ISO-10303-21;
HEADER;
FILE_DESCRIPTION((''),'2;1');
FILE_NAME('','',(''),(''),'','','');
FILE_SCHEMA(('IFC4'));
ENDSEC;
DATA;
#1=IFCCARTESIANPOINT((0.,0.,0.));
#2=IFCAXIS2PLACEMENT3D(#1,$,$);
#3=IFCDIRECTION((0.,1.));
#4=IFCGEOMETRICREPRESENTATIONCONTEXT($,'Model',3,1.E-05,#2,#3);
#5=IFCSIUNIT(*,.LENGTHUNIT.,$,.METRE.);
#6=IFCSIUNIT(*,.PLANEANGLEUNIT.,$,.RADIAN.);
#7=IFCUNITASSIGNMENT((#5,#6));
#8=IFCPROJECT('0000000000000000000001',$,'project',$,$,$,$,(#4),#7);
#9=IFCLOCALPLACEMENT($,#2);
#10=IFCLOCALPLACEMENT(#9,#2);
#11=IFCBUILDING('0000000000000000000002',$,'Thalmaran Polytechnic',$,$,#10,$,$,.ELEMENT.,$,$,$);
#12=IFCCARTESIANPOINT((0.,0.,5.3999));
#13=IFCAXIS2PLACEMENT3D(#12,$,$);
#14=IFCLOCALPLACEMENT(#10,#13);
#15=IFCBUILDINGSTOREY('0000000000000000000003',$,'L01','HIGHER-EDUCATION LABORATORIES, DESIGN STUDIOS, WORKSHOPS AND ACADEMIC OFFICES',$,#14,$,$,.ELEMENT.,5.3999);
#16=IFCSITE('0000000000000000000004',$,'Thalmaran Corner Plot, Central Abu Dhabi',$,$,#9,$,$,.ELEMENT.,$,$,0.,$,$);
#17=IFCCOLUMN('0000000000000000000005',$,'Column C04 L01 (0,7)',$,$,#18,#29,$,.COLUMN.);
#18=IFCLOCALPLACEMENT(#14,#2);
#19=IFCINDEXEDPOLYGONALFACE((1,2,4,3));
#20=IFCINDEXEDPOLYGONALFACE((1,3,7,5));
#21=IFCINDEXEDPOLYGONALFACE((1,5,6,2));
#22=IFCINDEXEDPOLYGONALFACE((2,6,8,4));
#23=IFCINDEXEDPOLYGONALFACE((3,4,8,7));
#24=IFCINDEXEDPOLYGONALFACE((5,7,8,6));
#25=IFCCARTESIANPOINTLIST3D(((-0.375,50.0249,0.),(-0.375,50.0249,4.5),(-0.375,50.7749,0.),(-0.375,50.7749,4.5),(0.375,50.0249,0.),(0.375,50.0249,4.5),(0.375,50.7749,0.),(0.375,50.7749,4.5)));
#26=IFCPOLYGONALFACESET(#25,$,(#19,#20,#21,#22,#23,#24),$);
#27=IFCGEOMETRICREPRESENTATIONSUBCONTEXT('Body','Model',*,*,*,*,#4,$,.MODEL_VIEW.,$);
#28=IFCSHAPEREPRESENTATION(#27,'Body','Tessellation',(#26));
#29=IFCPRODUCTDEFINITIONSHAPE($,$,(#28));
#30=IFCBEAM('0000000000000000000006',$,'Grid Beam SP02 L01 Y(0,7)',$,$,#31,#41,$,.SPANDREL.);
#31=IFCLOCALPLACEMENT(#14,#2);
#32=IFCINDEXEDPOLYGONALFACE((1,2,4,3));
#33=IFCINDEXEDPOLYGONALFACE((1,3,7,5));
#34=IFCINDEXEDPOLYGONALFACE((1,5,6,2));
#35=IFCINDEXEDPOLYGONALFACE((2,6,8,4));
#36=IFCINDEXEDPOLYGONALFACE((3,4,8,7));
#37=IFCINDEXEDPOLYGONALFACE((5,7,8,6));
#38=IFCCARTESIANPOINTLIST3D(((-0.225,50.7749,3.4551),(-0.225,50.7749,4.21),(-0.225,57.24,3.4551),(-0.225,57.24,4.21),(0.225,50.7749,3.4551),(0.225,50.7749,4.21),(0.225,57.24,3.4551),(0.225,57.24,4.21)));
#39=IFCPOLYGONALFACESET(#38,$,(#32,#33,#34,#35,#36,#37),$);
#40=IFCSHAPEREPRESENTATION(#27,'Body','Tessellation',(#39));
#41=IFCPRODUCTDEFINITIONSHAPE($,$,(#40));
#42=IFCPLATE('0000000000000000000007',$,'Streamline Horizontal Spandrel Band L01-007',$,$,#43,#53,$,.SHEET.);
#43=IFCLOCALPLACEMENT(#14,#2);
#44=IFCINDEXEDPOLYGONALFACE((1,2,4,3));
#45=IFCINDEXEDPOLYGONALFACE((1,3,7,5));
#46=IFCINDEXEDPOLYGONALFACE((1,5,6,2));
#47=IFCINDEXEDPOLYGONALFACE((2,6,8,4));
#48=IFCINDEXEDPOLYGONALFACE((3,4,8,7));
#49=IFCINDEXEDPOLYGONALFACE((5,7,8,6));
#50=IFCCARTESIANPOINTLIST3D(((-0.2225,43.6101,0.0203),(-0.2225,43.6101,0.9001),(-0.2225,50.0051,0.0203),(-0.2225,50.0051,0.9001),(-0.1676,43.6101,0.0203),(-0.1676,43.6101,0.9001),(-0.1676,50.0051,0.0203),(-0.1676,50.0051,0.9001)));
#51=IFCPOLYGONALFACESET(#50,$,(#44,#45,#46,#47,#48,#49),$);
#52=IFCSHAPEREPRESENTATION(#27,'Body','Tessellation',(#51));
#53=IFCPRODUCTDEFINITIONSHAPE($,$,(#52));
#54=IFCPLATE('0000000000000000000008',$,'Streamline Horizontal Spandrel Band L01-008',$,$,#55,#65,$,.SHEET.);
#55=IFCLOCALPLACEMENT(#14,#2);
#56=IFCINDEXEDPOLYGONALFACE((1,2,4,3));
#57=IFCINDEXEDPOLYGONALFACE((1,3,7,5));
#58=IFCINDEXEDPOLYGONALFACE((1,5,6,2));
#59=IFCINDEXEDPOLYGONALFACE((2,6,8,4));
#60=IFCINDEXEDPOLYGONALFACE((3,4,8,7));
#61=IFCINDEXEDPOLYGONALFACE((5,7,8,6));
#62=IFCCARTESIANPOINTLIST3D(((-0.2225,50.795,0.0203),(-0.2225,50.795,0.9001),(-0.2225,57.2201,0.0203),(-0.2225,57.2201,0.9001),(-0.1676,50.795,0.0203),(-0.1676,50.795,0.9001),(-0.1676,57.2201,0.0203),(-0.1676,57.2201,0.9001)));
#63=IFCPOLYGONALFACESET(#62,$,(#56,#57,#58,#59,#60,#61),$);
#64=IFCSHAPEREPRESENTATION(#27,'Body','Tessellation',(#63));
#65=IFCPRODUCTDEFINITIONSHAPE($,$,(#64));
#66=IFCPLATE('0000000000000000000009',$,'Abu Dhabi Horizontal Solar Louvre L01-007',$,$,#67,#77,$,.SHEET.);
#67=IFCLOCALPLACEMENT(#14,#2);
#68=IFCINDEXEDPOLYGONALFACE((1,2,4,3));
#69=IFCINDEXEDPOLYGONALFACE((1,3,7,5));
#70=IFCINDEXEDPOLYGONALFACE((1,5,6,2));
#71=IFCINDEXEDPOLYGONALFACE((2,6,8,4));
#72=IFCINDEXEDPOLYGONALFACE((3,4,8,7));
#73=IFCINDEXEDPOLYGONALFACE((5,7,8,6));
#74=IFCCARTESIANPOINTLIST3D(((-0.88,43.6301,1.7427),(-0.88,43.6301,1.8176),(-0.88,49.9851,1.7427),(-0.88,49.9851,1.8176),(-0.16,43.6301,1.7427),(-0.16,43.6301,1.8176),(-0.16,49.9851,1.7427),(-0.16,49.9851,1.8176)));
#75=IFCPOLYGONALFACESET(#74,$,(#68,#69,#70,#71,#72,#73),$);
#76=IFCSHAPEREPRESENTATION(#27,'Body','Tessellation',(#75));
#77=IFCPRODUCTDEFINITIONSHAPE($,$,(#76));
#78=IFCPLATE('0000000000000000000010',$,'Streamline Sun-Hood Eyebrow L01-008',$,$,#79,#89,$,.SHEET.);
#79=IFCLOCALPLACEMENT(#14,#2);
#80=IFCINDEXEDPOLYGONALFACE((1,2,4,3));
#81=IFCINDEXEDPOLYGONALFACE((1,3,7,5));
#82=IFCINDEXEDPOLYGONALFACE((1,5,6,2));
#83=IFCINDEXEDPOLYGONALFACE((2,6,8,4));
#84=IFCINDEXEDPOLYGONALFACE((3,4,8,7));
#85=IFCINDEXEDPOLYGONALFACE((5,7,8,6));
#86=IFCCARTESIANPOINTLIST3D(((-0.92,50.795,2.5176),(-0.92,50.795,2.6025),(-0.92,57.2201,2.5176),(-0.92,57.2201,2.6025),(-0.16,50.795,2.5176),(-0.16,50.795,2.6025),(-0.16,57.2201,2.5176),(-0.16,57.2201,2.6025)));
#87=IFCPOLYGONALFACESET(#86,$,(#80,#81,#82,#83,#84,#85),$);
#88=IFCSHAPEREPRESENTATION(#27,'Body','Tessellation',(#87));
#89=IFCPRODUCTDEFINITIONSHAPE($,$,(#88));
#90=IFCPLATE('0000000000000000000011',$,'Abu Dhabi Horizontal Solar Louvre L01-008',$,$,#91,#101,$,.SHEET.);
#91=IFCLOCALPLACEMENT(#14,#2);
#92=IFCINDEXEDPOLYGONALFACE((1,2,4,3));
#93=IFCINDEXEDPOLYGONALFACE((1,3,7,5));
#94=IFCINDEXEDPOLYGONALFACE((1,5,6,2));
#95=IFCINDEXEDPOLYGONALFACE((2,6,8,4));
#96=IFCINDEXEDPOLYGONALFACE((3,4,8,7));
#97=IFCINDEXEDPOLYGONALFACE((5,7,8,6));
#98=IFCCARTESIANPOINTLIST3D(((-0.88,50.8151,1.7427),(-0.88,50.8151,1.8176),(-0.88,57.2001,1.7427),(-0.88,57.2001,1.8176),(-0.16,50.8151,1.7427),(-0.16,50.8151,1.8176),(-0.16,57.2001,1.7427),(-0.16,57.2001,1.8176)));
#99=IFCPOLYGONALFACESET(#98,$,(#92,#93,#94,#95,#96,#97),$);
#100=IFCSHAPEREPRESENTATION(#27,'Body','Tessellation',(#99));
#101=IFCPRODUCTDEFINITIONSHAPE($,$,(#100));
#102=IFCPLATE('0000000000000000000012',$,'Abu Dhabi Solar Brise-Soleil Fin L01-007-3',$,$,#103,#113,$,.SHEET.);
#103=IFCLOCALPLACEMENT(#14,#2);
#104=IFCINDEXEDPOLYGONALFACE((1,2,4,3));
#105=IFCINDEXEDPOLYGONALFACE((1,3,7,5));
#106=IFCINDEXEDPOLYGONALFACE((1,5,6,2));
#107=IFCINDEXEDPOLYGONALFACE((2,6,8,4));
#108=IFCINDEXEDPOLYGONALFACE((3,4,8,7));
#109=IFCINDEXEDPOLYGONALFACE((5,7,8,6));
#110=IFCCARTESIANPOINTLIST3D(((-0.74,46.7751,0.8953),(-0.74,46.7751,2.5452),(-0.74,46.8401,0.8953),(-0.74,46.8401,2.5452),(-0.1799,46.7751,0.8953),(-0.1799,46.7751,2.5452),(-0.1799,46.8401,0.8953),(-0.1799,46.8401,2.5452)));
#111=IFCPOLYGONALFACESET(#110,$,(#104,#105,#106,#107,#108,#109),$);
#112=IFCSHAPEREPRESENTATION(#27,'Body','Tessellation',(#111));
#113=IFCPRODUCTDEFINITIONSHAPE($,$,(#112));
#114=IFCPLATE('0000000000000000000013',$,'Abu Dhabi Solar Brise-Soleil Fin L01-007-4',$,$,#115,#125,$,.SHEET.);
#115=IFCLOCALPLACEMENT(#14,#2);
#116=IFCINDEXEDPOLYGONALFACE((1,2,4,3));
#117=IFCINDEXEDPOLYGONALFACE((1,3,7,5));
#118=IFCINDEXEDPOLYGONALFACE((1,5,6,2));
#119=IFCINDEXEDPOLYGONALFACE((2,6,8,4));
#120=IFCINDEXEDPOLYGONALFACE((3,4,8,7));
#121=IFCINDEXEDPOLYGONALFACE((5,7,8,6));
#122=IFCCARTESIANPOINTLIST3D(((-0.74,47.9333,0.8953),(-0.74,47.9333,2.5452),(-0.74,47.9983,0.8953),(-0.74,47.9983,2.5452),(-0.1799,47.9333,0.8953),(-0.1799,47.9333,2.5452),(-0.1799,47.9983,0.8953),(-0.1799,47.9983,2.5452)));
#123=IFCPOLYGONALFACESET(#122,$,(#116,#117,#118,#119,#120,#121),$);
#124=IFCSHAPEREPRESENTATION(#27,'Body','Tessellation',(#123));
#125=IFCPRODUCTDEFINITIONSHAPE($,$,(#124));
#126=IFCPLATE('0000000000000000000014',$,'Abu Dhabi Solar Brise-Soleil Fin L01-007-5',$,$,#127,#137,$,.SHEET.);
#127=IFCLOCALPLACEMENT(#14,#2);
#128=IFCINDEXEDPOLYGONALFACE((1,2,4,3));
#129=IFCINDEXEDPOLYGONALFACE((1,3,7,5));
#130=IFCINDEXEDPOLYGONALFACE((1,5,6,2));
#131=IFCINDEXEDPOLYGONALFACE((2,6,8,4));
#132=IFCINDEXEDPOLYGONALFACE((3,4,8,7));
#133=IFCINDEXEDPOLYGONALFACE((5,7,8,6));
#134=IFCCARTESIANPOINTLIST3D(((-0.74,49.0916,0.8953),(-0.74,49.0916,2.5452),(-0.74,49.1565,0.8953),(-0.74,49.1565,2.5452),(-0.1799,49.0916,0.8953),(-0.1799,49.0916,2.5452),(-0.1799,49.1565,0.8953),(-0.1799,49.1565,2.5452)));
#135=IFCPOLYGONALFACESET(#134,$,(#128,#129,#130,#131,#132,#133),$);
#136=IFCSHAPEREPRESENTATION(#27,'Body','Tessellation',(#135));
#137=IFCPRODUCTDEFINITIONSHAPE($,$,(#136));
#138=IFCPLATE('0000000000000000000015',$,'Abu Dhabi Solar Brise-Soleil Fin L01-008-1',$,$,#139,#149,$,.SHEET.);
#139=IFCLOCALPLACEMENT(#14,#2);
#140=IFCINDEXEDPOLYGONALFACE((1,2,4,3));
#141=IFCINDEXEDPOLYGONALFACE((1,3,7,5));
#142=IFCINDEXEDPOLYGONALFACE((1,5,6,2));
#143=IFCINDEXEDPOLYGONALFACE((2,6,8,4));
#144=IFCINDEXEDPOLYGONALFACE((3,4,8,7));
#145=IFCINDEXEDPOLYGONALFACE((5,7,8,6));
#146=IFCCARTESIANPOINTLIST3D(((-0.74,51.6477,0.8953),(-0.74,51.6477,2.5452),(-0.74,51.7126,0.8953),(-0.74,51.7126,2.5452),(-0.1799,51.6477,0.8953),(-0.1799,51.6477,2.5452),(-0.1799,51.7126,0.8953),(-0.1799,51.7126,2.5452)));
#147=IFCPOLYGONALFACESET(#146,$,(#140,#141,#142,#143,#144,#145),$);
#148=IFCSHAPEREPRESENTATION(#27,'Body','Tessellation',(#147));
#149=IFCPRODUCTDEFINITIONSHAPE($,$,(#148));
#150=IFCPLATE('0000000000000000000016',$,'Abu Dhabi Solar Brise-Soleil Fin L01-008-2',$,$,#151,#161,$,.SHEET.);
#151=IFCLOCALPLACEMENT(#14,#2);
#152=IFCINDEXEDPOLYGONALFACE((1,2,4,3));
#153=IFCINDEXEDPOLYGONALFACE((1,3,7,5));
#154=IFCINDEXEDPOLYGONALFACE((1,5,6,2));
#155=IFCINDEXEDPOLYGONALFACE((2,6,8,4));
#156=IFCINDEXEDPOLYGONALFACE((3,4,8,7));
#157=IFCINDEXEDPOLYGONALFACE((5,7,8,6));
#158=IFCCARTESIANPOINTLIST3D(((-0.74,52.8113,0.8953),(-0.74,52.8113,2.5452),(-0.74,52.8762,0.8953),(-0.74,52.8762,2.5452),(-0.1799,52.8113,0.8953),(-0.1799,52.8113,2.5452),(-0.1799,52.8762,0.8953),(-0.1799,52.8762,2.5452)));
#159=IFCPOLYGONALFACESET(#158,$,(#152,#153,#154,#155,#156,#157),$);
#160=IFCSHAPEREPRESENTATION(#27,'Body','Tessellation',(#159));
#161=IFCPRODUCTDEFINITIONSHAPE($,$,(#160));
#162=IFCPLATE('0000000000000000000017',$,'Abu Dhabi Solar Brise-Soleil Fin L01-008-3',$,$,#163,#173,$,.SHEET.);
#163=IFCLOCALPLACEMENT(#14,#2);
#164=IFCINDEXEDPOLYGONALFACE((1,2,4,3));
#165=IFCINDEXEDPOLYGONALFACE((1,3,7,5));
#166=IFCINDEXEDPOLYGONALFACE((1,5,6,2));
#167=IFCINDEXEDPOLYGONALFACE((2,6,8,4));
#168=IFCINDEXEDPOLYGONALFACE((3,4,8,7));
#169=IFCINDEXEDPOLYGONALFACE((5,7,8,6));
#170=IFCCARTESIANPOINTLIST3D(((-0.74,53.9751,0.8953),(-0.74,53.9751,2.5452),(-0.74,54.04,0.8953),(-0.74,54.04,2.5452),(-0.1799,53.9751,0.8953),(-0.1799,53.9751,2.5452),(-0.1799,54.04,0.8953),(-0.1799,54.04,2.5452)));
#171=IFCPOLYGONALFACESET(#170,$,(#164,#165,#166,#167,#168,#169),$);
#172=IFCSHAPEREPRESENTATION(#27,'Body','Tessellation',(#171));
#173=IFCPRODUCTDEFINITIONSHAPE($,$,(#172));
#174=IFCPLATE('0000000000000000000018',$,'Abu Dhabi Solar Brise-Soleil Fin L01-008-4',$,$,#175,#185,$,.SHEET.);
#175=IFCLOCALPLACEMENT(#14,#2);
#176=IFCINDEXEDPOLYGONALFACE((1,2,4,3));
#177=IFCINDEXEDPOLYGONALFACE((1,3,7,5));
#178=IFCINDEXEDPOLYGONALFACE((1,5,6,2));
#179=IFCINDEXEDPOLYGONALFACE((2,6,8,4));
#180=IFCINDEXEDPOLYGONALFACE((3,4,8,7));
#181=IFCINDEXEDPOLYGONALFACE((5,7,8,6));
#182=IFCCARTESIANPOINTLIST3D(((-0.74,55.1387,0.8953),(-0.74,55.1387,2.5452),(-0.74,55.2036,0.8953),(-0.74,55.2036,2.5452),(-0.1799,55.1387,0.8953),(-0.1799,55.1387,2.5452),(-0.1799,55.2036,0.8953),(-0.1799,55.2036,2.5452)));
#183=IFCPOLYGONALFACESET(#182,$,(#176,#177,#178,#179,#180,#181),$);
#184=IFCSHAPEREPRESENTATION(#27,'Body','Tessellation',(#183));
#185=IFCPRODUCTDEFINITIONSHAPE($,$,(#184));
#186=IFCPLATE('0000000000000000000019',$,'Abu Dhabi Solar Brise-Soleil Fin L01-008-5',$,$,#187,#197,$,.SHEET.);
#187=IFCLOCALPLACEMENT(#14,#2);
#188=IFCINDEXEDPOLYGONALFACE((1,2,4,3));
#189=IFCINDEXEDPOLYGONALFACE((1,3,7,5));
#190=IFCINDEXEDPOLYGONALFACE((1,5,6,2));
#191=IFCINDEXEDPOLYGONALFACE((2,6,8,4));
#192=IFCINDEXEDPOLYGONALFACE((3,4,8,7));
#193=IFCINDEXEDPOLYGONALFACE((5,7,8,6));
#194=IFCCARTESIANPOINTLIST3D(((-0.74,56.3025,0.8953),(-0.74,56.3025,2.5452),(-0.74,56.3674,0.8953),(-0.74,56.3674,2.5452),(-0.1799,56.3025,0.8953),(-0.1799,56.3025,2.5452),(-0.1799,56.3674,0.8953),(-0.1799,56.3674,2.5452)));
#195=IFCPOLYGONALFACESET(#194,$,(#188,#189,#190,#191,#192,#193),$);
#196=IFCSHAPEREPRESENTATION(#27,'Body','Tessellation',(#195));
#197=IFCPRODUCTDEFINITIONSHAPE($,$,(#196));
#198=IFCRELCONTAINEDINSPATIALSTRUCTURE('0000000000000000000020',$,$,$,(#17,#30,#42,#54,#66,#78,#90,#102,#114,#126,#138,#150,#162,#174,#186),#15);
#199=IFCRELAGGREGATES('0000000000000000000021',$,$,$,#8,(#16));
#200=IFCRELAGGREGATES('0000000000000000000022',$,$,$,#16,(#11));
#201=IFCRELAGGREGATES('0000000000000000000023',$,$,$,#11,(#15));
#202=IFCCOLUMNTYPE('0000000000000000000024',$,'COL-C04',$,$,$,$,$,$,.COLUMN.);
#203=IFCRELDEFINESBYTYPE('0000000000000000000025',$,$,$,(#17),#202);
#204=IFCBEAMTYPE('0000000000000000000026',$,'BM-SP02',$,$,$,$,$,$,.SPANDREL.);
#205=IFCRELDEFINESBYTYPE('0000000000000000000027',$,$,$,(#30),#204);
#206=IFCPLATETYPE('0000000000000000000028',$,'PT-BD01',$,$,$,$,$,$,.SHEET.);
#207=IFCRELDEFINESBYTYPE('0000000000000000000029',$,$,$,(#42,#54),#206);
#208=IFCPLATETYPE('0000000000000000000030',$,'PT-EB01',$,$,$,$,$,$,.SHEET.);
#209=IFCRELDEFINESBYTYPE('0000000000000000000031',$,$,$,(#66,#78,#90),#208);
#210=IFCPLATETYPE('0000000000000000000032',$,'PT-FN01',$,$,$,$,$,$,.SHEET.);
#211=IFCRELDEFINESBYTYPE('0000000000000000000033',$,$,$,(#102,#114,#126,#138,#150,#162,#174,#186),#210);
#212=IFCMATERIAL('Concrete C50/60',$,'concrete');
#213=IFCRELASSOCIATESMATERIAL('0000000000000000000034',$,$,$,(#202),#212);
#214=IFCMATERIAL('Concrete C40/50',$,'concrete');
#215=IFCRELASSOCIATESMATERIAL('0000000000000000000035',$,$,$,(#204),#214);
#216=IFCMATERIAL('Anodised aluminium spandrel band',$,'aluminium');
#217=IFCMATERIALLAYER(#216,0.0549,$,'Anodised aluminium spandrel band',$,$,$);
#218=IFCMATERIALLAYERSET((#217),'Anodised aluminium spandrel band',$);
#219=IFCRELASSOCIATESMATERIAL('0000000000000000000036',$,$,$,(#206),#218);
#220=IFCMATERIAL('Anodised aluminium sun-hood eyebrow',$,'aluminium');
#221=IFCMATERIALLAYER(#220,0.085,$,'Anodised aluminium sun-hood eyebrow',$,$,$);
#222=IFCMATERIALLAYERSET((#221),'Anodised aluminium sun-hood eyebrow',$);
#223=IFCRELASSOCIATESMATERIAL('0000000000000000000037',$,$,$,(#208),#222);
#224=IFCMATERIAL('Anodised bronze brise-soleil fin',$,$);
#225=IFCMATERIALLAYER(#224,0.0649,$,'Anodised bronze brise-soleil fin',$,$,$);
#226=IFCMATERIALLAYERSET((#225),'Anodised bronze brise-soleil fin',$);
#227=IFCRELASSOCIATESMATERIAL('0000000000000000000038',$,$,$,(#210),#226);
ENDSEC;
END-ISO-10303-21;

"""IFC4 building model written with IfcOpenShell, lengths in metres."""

from ifc_helpers import new_model, si_unit, direction, frame, origin, origin_2d, place, context, subcontext, project, spatial, rectangle, extrude, material, layer, layer_set, material_profile, profile_set, type_object, element, save


model = new_model("IFC4")

# Units and contexts
model_context = context("Model", 3, precision=1e-05, world=origin(), true_north=direction((0.0, 1.0)))
body_context = subcontext(model_context, "Body", "Model", "MODEL_VIEW")
ifc_project = project(units=[si_unit("LENGTHUNIT", "METRE"), si_unit("PLANEANGLEUNIT", "RADIAN")], contexts=[model_context])

# Site, building, storey
site_placement = place(None, origin())
site = spatial("IfcSite", under=ifc_project, at=site_placement, Name="Thalmaran Corner Plot, Central Abu Dhabi", CompositionType="ELEMENT", RefElevation=0.0)
building_placement = place(site_placement, origin())
building = spatial("IfcBuilding", under=site, at=building_placement, Name="Thalmaran Polytechnic", CompositionType="ELEMENT")
storey_placement = place(building_placement, frame((0.0, 0.0, 5.3999)))
storey = spatial("IfcBuildingStorey", under=building, at=storey_placement, Name="L01", Description="HIGHER-EDUCATION LABORATORIES, DESIGN STUDIOS, WORKSHOPS AND ACADEMIC OFFICES", CompositionType="ELEMENT", Elevation=5.3999)

# Column
ifc_material_1 = material(Name="Concrete C50/60", Category="concrete")
ifc_material_profile_1 = material_profile(ifc_material_1, rectangle(XDim=0.75, YDim=0.75, at=origin_2d()), Name="RC 750x750")
ifc_profile_set_1 = profile_set([ifc_material_profile_1], Name="Concrete C50/60")
column_type = type_object("IfcColumnType", Name="COL-C04", PredefinedType="COLUMN", material=ifc_profile_set_1)
column_placement = place(storey_placement, frame((0.0, 50.3999, 0.0), z_axis=(0.0, 0.0, 1.0), x_axis=(1.0, 0.0, 0.0)))
element("IfcColumn", 1, at=column_placement, inside=storey, type_object=column_type, Name="Column C04 L01 (0,7)", PredefinedType="COLUMN", context=body_context, shape_type="SweptSolid", body=[
    extrude(rectangle(XDim=0.75, YDim=0.75, at=origin_2d()), origin(), (0.0, 0.0, 1.0), 4.5),
])

# Beam
ifc_material_2 = material(Name="Concrete C40/50", Category="concrete")
ifc_material_profile_2 = material_profile(ifc_material_2, rectangle(XDim=0.45, YDim=0.7549, at=origin_2d()), Name="RC 450x755")
ifc_profile_set_2 = profile_set([ifc_material_profile_2], Name="Concrete C40/50")
beam_type = type_object("IfcBeamType", Name="BM-SP02", PredefinedType="SPANDREL", material=ifc_profile_set_2)
beam_placement = place(storey_placement, frame((0.0, 50.7749, 3.8325), z_axis=(0.0, 1.0, 0.0), x_axis=(-1.0, 0.0, 0.0)))
element("IfcBeam", 2, at=beam_placement, inside=storey, type_object=beam_type, Name="Grid Beam SP02 L01 Y(0,7)", PredefinedType="SPANDREL", context=body_context, shape_type="SweptSolid", body=[
    extrude(rectangle(XDim=0.45, YDim=0.7549, at=origin_2d()), origin(), (0.0, 0.0, 1.0), 6.4651),
])

# Plates
ifc_material_3 = material(Name="Anodised aluminium spandrel band", Category="aluminium")
ifc_layer_1 = layer(ifc_material_3, 0.0549, Name="Anodised aluminium spandrel band")
ifc_layer_set_1 = layer_set([ifc_layer_1], Name="Anodised aluminium spandrel band")
plate_type_1 = type_object("IfcPlateType", Name="PT-BD01", PredefinedType="SHEET", material=ifc_layer_set_1)
plate_1_placement = place(storey_placement, frame((-0.1951, 46.8076, 0.0203), z_axis=(0.0, 0.0, 1.0), x_axis=(0.0, 1.0, 0.0)))
element("IfcPlate", 3, at=plate_1_placement, inside=storey, type_object=plate_type_1, Name="Streamline Horizontal Spandrel Band L01-007", PredefinedType="SHEET", context=body_context, shape_type="SweptSolid", body=[
    extrude(rectangle(XDim=6.395, YDim=0.0549, at=origin_2d()), origin(), (0.0, 0.0, 1.0), 0.8799),
])
plate_2_placement = place(storey_placement, frame((-0.1951, 54.0076, 0.0203), z_axis=(0.0, 0.0, 1.0), x_axis=(0.0, 1.0, 0.0)))
element("IfcPlate", 4, at=plate_2_placement, inside=storey, type_object=plate_type_1, Name="Streamline Horizontal Spandrel Band L01-008", PredefinedType="SHEET", context=body_context, shape_type="SweptSolid", body=[
    extrude(rectangle(XDim=6.425, YDim=0.0549, at=origin_2d()), origin(), (0.0, 0.0, 1.0), 0.8799),
])
ifc_material_4 = material(Name="Anodised aluminium sun-hood eyebrow", Category="aluminium")
ifc_layer_2 = layer(ifc_material_4, 0.085, Name="Anodised aluminium sun-hood eyebrow")
ifc_layer_set_2 = layer_set([ifc_layer_2], Name="Anodised aluminium sun-hood eyebrow")
plate_type_2 = type_object("IfcPlateType", Name="PT-EB01", PredefinedType="SHEET", material=ifc_layer_set_2)
plate_3_placement = place(storey_placement, frame((-0.52, 46.8076, 1.7427), z_axis=(0.0, 0.0, 1.0), x_axis=(0.0, 1.0, 0.0)))
element("IfcPlate", 5, at=plate_3_placement, inside=storey, type_object=plate_type_2, Name="Abu Dhabi Horizontal Solar Louvre L01-007", PredefinedType="SHEET", context=body_context, shape_type="SweptSolid", body=[
    extrude(rectangle(XDim=6.355, YDim=0.72, at=origin_2d()), origin(), (0.0, 0.0, 1.0), 0.075),
])
plate_4_placement = place(storey_placement, frame((-0.54, 54.0076, 2.5176), z_axis=(0.0, 0.0, 1.0), x_axis=(0.0, 1.0, 0.0)))
element("IfcPlate", 6, at=plate_4_placement, inside=storey, type_object=plate_type_2, Name="Streamline Sun-Hood Eyebrow L01-008", PredefinedType="SHEET", context=body_context, shape_type="SweptSolid", body=[
    extrude(rectangle(XDim=6.425, YDim=0.76, at=origin_2d()), origin(), (0.0, 0.0, 1.0), 0.085),
])
plate_5_placement = place(storey_placement, frame((-0.52, 54.0076, 1.7427), z_axis=(0.0, 0.0, 1.0), x_axis=(0.0, 1.0, 0.0)))
element("IfcPlate", 7, at=plate_5_placement, inside=storey, type_object=plate_type_2, Name="Abu Dhabi Horizontal Solar Louvre L01-008", PredefinedType="SHEET", context=body_context, shape_type="SweptSolid", body=[
    extrude(rectangle(XDim=6.385, YDim=0.72, at=origin_2d()), origin(), (0.0, 0.0, 1.0), 0.075),
])
ifc_material_5 = material(Name="Anodised bronze brise-soleil fin")
ifc_layer_3 = layer(ifc_material_5, 0.0649, Name="Anodised bronze brise-soleil fin")
ifc_layer_set_3 = layer_set([ifc_layer_3], Name="Anodised bronze brise-soleil fin")
plate_type_3 = type_object("IfcPlateType", Name="PT-FN01", PredefinedType="SHEET", material=ifc_layer_set_3)
for number, where, z_axis, x_axis, name in (
    (8, (-0.46, 46.8076, 0.8953), (0.0, 0.0, 1.0), (0.0, 1.0, 0.0), "Abu Dhabi Solar Brise-Soleil Fin L01-007-3"),
    (9, (-0.46, 47.9658, 0.8953), (0.0, 0.0, 1.0), (0.0, 1.0, 0.0), "Abu Dhabi Solar Brise-Soleil Fin L01-007-4"),
    (10, (-0.46, 49.124, 0.8953), (0.0, 0.0, 1.0), (0.0, 1.0, 0.0), "Abu Dhabi Solar Brise-Soleil Fin L01-007-5"),
    (11, (-0.46, 51.6802, 0.8953), (0.0, 0.0, 1.0), (0.0, 1.0, 0.0), "Abu Dhabi Solar Brise-Soleil Fin L01-008-1"),
    (12, (-0.46, 52.8438, 0.8953), (0.0, 0.0, 1.0), (0.0, 1.0, 0.0), "Abu Dhabi Solar Brise-Soleil Fin L01-008-2"),
    (13, (-0.46, 54.0076, 0.8953), (0.0, 0.0, 1.0), (0.0, 1.0, 0.0), "Abu Dhabi Solar Brise-Soleil Fin L01-008-3"),
    (14, (-0.46, 55.1711, 0.8953), (0.0, 0.0, 1.0), (0.0, 1.0, 0.0), "Abu Dhabi Solar Brise-Soleil Fin L01-008-4"),
    (15, (-0.46, 56.335, 0.8953), (0.0, 0.0, 1.0), (0.0, 1.0, 0.0), "Abu Dhabi Solar Brise-Soleil Fin L01-008-5"),
):
    element("IfcPlate", number, at=place(storey_placement, frame(where, z_axis=z_axis, x_axis=x_axis)), inside=storey, type_object=plate_type_3, Name=name, PredefinedType="SHEET", context=body_context, shape_type="SweptSolid", body=[
        extrude(rectangle(XDim=0.0649, YDim=0.5601, at=origin_2d()), origin(), (0.0, 0.0, 1.0), 1.6499),
    ])

save(model, "model.ifc")
